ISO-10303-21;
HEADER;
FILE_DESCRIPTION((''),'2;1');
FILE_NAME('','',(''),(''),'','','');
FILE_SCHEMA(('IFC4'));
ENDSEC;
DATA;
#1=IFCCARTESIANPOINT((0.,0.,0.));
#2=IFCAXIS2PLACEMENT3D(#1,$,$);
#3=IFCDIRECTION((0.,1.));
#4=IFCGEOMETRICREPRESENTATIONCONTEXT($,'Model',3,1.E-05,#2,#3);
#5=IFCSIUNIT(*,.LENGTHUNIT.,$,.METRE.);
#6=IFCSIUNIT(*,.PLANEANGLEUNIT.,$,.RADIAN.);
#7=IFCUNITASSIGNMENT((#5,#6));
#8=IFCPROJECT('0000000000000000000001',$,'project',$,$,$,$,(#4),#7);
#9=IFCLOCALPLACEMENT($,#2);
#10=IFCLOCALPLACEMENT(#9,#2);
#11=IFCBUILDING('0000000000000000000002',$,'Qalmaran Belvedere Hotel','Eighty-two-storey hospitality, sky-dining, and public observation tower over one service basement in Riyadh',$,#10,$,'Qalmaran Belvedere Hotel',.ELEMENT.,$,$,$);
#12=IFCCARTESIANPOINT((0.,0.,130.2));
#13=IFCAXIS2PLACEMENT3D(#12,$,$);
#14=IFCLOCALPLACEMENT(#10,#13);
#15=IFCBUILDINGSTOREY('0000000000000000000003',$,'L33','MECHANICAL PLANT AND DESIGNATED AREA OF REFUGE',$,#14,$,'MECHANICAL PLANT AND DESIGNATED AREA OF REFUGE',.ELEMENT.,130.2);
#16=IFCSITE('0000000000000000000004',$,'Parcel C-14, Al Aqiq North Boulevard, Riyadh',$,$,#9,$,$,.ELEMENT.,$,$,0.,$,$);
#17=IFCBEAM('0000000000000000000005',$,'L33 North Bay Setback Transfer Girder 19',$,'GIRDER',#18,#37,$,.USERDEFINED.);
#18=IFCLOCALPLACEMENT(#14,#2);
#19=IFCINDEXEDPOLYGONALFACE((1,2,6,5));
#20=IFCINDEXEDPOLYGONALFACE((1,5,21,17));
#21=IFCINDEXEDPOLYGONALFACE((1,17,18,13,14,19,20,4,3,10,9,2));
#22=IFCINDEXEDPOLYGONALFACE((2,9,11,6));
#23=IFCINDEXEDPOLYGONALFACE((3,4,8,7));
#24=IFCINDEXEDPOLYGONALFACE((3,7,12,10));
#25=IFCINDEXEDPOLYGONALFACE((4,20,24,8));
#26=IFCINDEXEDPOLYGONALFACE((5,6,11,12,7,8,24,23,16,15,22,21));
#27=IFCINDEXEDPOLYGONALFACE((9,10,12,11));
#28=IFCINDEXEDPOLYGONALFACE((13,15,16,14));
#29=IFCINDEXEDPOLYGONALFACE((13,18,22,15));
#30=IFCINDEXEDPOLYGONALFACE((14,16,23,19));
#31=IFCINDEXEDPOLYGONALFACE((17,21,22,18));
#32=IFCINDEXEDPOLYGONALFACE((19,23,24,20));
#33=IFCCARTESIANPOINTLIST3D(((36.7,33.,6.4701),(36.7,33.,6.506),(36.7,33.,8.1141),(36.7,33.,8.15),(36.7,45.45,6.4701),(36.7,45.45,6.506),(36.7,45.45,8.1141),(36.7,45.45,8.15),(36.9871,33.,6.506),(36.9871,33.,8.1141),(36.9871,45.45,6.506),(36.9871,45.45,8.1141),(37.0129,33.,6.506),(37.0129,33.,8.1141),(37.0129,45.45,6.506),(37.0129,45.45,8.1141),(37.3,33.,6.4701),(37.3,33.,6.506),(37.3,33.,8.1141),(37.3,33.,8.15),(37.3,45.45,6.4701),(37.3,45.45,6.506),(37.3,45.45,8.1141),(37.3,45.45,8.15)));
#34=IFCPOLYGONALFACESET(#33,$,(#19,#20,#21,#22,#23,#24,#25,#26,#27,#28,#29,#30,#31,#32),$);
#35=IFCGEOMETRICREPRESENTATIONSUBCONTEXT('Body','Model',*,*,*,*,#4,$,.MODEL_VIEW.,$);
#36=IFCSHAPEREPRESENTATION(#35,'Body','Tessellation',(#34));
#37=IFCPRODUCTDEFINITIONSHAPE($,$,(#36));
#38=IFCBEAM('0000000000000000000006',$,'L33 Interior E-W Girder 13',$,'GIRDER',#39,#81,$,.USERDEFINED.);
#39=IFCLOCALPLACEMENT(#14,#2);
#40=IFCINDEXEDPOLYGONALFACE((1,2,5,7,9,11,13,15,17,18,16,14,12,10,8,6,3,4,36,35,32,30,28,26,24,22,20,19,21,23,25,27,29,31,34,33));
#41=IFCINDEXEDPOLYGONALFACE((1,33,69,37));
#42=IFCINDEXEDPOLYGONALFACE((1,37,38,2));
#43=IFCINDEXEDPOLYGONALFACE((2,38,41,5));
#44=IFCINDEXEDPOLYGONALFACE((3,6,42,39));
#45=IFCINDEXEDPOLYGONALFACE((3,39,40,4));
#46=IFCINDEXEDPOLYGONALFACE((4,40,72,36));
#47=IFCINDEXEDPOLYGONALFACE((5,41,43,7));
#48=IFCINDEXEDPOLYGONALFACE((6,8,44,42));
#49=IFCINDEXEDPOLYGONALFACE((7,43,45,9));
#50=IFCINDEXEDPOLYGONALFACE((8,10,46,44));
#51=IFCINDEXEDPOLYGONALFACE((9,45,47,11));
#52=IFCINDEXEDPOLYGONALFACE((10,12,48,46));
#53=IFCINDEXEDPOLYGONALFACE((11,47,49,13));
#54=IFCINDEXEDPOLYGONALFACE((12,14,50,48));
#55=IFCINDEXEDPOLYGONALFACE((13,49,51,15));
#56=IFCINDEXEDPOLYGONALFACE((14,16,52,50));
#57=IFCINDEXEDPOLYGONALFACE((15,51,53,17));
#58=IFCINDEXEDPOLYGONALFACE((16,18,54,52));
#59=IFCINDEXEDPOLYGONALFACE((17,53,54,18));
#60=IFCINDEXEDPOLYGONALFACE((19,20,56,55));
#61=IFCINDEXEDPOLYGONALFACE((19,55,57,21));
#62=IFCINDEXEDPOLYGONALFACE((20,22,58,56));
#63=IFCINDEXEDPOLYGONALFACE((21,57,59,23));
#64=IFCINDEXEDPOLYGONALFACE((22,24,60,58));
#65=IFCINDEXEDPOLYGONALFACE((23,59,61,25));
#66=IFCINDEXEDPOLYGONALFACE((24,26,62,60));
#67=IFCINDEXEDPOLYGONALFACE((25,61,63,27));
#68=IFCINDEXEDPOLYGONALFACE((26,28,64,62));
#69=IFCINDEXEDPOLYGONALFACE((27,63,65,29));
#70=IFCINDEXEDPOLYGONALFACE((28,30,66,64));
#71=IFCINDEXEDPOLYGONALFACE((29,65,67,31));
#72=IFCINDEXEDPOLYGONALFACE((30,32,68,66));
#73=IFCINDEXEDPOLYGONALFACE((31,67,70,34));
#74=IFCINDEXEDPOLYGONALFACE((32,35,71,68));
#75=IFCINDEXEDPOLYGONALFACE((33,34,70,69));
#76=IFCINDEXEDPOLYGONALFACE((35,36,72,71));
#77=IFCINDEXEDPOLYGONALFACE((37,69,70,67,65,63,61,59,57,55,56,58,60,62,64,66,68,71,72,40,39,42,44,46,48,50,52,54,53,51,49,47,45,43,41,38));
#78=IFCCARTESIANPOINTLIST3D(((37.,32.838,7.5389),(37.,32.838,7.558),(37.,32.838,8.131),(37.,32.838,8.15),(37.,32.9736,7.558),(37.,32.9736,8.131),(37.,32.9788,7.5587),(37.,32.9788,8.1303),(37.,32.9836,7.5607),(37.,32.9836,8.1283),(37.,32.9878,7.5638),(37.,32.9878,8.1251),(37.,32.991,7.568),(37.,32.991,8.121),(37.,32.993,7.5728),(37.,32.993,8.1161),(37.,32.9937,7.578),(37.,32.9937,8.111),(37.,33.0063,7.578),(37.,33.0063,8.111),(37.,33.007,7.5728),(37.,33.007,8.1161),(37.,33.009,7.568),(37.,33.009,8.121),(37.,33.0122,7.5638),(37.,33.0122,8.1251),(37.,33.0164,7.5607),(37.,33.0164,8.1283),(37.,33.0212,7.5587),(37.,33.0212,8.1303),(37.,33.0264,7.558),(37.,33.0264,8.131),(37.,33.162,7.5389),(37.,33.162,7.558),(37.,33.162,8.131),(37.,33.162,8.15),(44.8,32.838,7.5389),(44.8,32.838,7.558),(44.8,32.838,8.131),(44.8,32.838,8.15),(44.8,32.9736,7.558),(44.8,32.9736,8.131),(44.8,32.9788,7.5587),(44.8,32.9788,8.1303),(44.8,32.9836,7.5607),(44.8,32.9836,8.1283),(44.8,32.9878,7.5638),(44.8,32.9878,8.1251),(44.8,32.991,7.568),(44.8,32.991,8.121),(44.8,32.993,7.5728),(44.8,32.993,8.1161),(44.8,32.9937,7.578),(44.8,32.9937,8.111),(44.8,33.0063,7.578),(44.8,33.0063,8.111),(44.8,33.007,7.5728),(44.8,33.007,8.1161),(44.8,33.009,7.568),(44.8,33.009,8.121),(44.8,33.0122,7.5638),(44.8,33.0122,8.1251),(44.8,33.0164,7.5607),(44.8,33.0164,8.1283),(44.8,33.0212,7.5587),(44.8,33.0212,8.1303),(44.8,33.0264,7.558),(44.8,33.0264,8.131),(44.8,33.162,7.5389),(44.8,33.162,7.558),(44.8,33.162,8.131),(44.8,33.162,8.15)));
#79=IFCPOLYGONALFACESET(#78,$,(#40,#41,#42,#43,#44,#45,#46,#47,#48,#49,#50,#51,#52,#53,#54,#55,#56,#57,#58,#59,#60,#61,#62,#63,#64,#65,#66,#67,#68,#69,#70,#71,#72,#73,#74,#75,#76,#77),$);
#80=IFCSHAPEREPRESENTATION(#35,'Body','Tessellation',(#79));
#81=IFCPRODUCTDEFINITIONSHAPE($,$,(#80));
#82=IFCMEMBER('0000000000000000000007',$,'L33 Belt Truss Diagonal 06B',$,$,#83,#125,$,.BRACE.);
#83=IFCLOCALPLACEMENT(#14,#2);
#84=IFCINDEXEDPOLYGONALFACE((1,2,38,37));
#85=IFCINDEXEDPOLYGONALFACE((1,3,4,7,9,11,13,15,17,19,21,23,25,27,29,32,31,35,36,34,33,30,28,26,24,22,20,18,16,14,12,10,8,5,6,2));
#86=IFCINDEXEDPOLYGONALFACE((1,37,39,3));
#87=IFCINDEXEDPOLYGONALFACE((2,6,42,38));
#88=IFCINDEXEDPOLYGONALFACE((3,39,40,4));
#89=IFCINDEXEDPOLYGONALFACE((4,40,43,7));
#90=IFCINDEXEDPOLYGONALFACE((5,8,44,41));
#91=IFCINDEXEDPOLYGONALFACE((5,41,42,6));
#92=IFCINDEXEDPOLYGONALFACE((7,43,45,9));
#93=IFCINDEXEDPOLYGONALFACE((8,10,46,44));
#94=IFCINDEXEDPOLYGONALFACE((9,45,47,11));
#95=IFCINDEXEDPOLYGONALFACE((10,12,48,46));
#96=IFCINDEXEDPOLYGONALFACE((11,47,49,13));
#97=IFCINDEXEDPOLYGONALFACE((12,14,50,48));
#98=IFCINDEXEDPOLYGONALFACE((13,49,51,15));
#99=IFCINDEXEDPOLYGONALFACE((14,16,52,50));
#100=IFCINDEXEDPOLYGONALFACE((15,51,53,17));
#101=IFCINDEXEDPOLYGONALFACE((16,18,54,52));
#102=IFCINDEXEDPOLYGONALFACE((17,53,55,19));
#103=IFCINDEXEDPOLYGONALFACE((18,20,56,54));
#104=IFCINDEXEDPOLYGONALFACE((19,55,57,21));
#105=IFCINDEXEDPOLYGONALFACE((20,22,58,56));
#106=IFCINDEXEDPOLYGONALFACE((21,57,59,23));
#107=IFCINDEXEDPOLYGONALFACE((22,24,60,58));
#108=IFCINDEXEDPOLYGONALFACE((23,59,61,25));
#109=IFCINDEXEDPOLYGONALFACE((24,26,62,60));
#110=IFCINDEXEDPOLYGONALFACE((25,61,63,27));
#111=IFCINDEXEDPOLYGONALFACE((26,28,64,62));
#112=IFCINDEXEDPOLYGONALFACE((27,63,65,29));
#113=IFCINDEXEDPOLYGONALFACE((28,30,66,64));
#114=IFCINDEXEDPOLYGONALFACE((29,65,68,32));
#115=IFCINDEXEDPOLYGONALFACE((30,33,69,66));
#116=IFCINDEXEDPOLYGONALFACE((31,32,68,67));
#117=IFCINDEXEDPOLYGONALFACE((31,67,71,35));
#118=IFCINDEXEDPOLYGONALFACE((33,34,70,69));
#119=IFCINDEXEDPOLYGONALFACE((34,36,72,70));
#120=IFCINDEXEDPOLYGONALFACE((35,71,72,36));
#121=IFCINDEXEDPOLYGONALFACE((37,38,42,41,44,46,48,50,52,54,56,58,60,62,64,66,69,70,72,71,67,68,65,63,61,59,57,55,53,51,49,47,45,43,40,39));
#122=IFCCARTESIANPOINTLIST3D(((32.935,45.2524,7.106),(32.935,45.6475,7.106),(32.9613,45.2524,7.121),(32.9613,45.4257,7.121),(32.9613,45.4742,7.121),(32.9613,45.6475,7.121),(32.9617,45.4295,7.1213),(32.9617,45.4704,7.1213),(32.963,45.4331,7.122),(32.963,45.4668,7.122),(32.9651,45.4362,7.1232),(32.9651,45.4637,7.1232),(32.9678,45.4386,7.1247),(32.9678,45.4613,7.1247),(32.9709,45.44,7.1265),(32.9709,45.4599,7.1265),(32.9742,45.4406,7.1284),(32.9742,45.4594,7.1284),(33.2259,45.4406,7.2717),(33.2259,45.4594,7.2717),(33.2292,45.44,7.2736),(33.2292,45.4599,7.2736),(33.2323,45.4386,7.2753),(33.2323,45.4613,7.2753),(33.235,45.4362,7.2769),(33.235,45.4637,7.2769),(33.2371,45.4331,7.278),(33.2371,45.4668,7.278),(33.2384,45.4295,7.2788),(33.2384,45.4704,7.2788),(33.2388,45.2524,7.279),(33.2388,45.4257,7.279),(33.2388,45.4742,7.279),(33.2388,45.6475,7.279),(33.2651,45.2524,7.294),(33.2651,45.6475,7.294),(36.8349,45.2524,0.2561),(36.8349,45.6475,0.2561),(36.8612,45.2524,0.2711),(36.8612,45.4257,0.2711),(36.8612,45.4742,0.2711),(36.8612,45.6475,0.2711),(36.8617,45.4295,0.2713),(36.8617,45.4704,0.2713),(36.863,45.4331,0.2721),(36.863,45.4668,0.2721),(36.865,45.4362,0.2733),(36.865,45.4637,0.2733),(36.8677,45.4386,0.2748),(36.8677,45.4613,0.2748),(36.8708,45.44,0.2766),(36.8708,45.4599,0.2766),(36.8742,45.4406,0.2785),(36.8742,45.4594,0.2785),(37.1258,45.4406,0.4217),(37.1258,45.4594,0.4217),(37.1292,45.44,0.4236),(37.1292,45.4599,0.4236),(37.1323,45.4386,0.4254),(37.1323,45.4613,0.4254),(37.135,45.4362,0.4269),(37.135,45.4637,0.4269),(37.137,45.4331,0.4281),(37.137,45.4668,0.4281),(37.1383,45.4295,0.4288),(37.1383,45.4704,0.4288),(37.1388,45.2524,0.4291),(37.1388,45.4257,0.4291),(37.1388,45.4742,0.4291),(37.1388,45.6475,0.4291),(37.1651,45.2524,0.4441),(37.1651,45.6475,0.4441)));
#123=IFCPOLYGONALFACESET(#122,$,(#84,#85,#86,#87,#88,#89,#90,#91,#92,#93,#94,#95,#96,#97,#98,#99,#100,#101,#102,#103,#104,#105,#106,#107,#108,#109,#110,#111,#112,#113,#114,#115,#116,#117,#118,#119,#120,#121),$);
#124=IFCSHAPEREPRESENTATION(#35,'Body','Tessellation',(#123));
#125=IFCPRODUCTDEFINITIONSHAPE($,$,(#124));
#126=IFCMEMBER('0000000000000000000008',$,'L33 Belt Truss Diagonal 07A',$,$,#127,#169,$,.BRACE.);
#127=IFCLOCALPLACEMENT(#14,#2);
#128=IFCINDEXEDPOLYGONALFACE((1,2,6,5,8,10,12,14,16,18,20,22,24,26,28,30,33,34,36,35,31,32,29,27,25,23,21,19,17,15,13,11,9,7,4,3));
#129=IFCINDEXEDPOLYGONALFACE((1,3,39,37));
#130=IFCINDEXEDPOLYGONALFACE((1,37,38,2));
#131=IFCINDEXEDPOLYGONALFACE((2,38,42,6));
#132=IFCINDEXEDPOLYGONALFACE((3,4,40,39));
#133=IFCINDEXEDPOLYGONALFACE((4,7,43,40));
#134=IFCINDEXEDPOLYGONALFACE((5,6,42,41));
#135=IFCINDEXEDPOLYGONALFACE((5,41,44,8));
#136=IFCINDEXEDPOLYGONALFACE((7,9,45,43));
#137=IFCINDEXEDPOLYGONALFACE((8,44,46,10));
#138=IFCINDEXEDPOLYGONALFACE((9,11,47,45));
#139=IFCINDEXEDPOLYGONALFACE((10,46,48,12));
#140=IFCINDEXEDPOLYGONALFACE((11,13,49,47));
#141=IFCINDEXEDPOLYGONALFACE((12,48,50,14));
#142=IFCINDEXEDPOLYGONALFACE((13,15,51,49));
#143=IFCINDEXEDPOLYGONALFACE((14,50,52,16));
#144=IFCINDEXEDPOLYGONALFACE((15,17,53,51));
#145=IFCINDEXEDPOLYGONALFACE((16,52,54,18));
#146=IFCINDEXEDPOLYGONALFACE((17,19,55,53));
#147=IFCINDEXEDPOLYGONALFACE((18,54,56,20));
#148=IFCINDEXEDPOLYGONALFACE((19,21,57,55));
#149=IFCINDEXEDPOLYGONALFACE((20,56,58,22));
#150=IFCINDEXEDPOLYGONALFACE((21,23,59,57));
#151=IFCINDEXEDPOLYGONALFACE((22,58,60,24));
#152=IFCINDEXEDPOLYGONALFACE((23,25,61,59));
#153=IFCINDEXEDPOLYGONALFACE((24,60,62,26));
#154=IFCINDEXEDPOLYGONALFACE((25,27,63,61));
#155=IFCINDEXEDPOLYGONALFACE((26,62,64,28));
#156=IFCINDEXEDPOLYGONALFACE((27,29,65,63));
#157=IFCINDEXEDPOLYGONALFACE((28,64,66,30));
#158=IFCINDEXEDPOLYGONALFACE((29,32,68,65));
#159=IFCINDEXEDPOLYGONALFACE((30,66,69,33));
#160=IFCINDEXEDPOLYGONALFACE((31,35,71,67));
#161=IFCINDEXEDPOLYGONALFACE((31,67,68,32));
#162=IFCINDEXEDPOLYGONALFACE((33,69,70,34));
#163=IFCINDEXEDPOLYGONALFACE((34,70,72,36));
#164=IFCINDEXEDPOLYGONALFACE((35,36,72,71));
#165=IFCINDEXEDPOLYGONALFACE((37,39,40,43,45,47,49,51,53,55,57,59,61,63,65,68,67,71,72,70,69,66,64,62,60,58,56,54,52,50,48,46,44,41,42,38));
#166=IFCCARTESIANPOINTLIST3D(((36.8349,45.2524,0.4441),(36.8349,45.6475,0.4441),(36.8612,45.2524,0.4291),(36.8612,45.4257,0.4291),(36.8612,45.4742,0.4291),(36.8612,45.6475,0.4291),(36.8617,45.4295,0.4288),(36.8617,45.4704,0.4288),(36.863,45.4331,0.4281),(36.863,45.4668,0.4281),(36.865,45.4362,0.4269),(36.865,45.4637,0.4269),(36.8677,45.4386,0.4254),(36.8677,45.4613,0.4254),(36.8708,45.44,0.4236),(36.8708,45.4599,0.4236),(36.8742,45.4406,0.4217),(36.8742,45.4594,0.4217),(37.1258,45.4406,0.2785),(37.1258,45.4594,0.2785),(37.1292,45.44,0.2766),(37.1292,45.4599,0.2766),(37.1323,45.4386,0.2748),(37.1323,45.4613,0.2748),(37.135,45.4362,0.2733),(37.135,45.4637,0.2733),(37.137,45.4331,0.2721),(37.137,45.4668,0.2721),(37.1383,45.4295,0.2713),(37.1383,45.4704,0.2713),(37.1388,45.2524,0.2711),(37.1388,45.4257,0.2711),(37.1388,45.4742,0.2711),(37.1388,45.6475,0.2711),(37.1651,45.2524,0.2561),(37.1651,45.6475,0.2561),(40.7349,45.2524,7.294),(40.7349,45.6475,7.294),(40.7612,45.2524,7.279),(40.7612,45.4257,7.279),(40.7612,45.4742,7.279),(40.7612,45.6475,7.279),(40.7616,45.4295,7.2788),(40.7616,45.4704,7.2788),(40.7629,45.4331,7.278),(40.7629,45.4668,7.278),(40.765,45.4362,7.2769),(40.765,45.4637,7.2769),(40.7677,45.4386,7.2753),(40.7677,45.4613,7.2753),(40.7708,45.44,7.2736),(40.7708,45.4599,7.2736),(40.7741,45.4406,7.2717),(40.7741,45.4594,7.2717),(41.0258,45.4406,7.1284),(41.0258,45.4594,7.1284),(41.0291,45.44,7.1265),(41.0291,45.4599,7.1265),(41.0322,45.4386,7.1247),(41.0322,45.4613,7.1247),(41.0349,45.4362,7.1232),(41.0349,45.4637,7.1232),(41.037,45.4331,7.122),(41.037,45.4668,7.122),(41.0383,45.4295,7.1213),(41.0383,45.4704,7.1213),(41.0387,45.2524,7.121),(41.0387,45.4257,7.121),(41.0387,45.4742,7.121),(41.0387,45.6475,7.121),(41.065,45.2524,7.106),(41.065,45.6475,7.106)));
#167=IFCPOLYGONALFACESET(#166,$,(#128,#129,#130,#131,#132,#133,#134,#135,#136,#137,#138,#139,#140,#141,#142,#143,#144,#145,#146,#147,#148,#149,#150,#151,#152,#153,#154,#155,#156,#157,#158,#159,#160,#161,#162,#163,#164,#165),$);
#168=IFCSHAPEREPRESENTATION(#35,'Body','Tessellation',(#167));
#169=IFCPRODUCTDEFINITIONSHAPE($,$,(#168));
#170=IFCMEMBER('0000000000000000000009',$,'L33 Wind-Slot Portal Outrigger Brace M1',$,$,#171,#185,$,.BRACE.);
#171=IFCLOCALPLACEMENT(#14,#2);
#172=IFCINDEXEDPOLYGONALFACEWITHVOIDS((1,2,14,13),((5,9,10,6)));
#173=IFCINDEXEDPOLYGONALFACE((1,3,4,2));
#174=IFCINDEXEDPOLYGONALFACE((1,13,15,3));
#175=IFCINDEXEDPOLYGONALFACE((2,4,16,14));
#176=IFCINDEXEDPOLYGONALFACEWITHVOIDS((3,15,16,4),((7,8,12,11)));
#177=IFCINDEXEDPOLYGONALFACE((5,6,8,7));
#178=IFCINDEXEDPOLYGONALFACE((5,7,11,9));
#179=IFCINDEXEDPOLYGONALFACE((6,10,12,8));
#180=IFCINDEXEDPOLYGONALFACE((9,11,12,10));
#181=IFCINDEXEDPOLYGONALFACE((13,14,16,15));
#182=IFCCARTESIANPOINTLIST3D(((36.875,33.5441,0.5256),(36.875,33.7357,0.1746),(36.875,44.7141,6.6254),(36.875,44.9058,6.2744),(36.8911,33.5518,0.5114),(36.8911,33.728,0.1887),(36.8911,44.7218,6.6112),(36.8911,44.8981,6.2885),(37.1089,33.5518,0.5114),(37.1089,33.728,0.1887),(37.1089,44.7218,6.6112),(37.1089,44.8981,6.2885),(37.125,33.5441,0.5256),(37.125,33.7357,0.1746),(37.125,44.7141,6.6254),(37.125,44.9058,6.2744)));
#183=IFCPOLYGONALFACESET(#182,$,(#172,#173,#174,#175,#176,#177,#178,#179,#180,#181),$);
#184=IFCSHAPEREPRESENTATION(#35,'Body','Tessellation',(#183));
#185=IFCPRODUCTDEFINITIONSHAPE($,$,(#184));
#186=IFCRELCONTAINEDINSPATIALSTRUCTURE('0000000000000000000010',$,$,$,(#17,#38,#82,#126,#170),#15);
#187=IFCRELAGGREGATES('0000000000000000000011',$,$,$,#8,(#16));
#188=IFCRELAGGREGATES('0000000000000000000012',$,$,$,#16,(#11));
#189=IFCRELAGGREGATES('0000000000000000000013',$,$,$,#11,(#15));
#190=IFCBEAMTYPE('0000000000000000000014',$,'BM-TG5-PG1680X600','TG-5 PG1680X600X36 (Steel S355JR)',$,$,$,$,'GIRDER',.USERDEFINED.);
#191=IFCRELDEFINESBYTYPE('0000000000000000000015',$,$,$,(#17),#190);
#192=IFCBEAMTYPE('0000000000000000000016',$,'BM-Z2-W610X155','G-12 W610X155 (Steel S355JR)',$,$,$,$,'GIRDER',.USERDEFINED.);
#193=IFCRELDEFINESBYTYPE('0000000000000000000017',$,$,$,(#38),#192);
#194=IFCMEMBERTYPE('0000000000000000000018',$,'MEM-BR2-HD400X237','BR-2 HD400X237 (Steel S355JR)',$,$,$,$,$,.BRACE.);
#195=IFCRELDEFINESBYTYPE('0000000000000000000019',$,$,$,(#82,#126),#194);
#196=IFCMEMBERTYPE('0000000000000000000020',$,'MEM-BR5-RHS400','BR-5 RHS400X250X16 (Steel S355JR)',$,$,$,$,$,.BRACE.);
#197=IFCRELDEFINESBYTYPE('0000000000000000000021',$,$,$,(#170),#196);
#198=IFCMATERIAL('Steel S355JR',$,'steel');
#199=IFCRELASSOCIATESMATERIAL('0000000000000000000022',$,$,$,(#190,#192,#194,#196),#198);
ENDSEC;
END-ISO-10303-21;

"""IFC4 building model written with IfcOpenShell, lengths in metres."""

from ifc_helpers import new_model, si_unit, direction, frame, origin, origin_2d, place, context, subcontext, project, spatial, hollow_rectangle, i_section, extrude, material, material_profile, profile_set, type_object, element, save


model = new_model("IFC4")

# Units and contexts
model_context = context("Model", 3, precision=1e-05, world=origin(), true_north=direction((0.0, 1.0)))
body_context = subcontext(model_context, "Body", "Model", "MODEL_VIEW")
ifc_project = project(units=[si_unit("LENGTHUNIT", "METRE"), si_unit("PLANEANGLEUNIT", "RADIAN")], contexts=[model_context])

# Site, building, storey
site_placement = place(None, origin())
site = spatial("IfcSite", under=ifc_project, at=site_placement, Name="Parcel C-14, Al Aqiq North Boulevard, Riyadh", CompositionType="ELEMENT", RefElevation=0.0)
building_placement = place(site_placement, origin())
building = spatial("IfcBuilding", under=site, at=building_placement, Name="Qalmaran Belvedere Hotel", Description="Eighty-two-storey hospitality, sky-dining, and public observation tower over one service basement in Riyadh", LongName="Qalmaran Belvedere Hotel", CompositionType="ELEMENT")
storey_placement = place(building_placement, frame((0.0, 0.0, 130.2)))
storey = spatial("IfcBuildingStorey", under=building, at=storey_placement, Name="L33", Description="MECHANICAL PLANT AND DESIGNATED AREA OF REFUGE", LongName="MECHANICAL PLANT AND DESIGNATED AREA OF REFUGE", CompositionType="ELEMENT", Elevation=130.2)

# Beams
ifc_material_1 = material(Name="Steel S355JR", Category="steel")
ifc_material_profile_1 = material_profile(ifc_material_1, i_section(OverallWidth=0.6001, OverallDepth=1.6799, WebThickness=0.0259, FlangeThickness=0.0359, at=origin_2d()), Name="PG1680X600X36")
ifc_profile_set_1 = profile_set([ifc_material_profile_1], Name="Steel S355JR")
beam_type_1 = type_object("IfcBeamType", Name="BM-TG5-PG1680X600", Description="TG-5 PG1680X600X36 (Steel S355JR)", ElementType="GIRDER", PredefinedType="USERDEFINED", material=ifc_profile_set_1)
beam_1_placement = place(storey_placement, frame((37.0, 33.0, 7.3101), z_axis=(0.0, 1.0, 0.0), x_axis=(-1.0, 0.0, 0.0)))
element("IfcBeam", 1, at=beam_1_placement, inside=storey, type_object=beam_type_1, Name="L33 North Bay Setback Transfer Girder 19", ObjectType="GIRDER", PredefinedType="USERDEFINED", context=body_context, shape_type="SweptSolid", body=[
    extrude(i_section(OverallWidth=0.6001, OverallDepth=1.6799, WebThickness=0.0259, FlangeThickness=0.0359, at=origin_2d()), origin(), (0.0, 0.0, 1.0), 12.45),
])
ifc_material_profile_2 = material_profile(ifc_material_1, i_section(OverallWidth=0.324, OverallDepth=0.6111, WebThickness=0.0127, FlangeThickness=0.019, FilletRadius=0.02, at=origin_2d()), Name="W610X155")
ifc_profile_set_2 = profile_set([ifc_material_profile_2], Name="Steel S355JR")
beam_type_2 = type_object("IfcBeamType", Name="BM-Z2-W610X155", Description="G-12 W610X155 (Steel S355JR)", ElementType="GIRDER", PredefinedType="USERDEFINED", material=ifc_profile_set_2)
beam_2_placement = place(storey_placement, frame((37.0, 33.0, 7.8445), z_axis=(1.0, 0.0, 0.0), x_axis=(0.0, 1.0, 0.0)))
element("IfcBeam", 2, at=beam_2_placement, inside=storey, type_object=beam_type_2, Name="L33 Interior E-W Girder 13", ObjectType="GIRDER", PredefinedType="USERDEFINED", context=body_context, shape_type="SweptSolid", body=[
    extrude(i_section(OverallWidth=0.324, OverallDepth=0.6111, WebThickness=0.0127, FlangeThickness=0.019, FilletRadius=0.02, at=origin_2d()), origin(), (0.0, 0.0, 1.0), 7.8),
])

# Members
ifc_material_profile_3 = material_profile(ifc_material_1, i_section(OverallWidth=0.395, OverallDepth=0.3799, WebThickness=0.0188, FlangeThickness=0.0303, FilletRadius=0.0149, at=origin_2d()), Name="HD400X237")
ifc_profile_set_3 = profile_set([ifc_material_profile_3], Name="Steel S355JR")
member_type_1 = type_object("IfcMemberType", Name="MEM-BR2-HD400X237", Description="BR-2 HD400X237 (Steel S355JR)", PredefinedType="BRACE", material=ifc_profile_set_3)
for number, where, z_axis, x_axis, name in (
    (3, (37.0, 45.45, 0.3501), (-0.494771, 0.0, 0.869024), (0.0, -1.0, 0.0), "L33 Belt Truss Diagonal 06B"),
    (4, (37.0, 45.45, 0.3501), (0.494771, 0.0, 0.869024), (0.0, 1.0, 0.0), "L33 Belt Truss Diagonal 07A"),
):
    element("IfcMember", number, at=place(storey_placement, frame(where, z_axis=z_axis, x_axis=x_axis)), inside=storey, type_object=member_type_1, Name=name, PredefinedType="BRACE", context=body_context, shape_type="SweptSolid", body=[
        extrude(i_section(OverallWidth=0.395, OverallDepth=0.3799, WebThickness=0.0188, FlangeThickness=0.0303, FilletRadius=0.0149, at=origin_2d()), origin(), (0.0, 0.0, 1.0), 7.8823),
    ])
ifc_material_profile_4 = material_profile(ifc_material_1, hollow_rectangle(XDim=0.25, YDim=0.3999, WallThickness=0.0161, at=origin_2d()), Name="RHS400X250X16")
ifc_profile_set_4 = profile_set([ifc_material_profile_4], Name="Steel S355JR")
member_type_2 = type_object("IfcMemberType", Name="MEM-BR5-RHS400", Description="BR-5 RHS400X250X16 (Steel S355JR)", PredefinedType="BRACE", material=ifc_profile_set_4)
member_1_placement = place(storey_placement, frame((37.0, 33.6399, 0.3501), z_axis=(0.0, 0.877663, 0.479278), x_axis=(-1.0, 0.0, 0.0)))
element("IfcMember", 5, at=member_1_placement, inside=storey, type_object=member_type_2, Name="L33 Wind-Slot Portal Outrigger Brace M1", PredefinedType="BRACE", context=body_context, shape_type="SweptSolid", body=[
    extrude(hollow_rectangle(XDim=0.25, YDim=0.3999, WallThickness=0.0161, at=origin_2d()), origin(), (0.0, 0.0, 1.0), 12.7271),
])

save(model, "model.ifc")
